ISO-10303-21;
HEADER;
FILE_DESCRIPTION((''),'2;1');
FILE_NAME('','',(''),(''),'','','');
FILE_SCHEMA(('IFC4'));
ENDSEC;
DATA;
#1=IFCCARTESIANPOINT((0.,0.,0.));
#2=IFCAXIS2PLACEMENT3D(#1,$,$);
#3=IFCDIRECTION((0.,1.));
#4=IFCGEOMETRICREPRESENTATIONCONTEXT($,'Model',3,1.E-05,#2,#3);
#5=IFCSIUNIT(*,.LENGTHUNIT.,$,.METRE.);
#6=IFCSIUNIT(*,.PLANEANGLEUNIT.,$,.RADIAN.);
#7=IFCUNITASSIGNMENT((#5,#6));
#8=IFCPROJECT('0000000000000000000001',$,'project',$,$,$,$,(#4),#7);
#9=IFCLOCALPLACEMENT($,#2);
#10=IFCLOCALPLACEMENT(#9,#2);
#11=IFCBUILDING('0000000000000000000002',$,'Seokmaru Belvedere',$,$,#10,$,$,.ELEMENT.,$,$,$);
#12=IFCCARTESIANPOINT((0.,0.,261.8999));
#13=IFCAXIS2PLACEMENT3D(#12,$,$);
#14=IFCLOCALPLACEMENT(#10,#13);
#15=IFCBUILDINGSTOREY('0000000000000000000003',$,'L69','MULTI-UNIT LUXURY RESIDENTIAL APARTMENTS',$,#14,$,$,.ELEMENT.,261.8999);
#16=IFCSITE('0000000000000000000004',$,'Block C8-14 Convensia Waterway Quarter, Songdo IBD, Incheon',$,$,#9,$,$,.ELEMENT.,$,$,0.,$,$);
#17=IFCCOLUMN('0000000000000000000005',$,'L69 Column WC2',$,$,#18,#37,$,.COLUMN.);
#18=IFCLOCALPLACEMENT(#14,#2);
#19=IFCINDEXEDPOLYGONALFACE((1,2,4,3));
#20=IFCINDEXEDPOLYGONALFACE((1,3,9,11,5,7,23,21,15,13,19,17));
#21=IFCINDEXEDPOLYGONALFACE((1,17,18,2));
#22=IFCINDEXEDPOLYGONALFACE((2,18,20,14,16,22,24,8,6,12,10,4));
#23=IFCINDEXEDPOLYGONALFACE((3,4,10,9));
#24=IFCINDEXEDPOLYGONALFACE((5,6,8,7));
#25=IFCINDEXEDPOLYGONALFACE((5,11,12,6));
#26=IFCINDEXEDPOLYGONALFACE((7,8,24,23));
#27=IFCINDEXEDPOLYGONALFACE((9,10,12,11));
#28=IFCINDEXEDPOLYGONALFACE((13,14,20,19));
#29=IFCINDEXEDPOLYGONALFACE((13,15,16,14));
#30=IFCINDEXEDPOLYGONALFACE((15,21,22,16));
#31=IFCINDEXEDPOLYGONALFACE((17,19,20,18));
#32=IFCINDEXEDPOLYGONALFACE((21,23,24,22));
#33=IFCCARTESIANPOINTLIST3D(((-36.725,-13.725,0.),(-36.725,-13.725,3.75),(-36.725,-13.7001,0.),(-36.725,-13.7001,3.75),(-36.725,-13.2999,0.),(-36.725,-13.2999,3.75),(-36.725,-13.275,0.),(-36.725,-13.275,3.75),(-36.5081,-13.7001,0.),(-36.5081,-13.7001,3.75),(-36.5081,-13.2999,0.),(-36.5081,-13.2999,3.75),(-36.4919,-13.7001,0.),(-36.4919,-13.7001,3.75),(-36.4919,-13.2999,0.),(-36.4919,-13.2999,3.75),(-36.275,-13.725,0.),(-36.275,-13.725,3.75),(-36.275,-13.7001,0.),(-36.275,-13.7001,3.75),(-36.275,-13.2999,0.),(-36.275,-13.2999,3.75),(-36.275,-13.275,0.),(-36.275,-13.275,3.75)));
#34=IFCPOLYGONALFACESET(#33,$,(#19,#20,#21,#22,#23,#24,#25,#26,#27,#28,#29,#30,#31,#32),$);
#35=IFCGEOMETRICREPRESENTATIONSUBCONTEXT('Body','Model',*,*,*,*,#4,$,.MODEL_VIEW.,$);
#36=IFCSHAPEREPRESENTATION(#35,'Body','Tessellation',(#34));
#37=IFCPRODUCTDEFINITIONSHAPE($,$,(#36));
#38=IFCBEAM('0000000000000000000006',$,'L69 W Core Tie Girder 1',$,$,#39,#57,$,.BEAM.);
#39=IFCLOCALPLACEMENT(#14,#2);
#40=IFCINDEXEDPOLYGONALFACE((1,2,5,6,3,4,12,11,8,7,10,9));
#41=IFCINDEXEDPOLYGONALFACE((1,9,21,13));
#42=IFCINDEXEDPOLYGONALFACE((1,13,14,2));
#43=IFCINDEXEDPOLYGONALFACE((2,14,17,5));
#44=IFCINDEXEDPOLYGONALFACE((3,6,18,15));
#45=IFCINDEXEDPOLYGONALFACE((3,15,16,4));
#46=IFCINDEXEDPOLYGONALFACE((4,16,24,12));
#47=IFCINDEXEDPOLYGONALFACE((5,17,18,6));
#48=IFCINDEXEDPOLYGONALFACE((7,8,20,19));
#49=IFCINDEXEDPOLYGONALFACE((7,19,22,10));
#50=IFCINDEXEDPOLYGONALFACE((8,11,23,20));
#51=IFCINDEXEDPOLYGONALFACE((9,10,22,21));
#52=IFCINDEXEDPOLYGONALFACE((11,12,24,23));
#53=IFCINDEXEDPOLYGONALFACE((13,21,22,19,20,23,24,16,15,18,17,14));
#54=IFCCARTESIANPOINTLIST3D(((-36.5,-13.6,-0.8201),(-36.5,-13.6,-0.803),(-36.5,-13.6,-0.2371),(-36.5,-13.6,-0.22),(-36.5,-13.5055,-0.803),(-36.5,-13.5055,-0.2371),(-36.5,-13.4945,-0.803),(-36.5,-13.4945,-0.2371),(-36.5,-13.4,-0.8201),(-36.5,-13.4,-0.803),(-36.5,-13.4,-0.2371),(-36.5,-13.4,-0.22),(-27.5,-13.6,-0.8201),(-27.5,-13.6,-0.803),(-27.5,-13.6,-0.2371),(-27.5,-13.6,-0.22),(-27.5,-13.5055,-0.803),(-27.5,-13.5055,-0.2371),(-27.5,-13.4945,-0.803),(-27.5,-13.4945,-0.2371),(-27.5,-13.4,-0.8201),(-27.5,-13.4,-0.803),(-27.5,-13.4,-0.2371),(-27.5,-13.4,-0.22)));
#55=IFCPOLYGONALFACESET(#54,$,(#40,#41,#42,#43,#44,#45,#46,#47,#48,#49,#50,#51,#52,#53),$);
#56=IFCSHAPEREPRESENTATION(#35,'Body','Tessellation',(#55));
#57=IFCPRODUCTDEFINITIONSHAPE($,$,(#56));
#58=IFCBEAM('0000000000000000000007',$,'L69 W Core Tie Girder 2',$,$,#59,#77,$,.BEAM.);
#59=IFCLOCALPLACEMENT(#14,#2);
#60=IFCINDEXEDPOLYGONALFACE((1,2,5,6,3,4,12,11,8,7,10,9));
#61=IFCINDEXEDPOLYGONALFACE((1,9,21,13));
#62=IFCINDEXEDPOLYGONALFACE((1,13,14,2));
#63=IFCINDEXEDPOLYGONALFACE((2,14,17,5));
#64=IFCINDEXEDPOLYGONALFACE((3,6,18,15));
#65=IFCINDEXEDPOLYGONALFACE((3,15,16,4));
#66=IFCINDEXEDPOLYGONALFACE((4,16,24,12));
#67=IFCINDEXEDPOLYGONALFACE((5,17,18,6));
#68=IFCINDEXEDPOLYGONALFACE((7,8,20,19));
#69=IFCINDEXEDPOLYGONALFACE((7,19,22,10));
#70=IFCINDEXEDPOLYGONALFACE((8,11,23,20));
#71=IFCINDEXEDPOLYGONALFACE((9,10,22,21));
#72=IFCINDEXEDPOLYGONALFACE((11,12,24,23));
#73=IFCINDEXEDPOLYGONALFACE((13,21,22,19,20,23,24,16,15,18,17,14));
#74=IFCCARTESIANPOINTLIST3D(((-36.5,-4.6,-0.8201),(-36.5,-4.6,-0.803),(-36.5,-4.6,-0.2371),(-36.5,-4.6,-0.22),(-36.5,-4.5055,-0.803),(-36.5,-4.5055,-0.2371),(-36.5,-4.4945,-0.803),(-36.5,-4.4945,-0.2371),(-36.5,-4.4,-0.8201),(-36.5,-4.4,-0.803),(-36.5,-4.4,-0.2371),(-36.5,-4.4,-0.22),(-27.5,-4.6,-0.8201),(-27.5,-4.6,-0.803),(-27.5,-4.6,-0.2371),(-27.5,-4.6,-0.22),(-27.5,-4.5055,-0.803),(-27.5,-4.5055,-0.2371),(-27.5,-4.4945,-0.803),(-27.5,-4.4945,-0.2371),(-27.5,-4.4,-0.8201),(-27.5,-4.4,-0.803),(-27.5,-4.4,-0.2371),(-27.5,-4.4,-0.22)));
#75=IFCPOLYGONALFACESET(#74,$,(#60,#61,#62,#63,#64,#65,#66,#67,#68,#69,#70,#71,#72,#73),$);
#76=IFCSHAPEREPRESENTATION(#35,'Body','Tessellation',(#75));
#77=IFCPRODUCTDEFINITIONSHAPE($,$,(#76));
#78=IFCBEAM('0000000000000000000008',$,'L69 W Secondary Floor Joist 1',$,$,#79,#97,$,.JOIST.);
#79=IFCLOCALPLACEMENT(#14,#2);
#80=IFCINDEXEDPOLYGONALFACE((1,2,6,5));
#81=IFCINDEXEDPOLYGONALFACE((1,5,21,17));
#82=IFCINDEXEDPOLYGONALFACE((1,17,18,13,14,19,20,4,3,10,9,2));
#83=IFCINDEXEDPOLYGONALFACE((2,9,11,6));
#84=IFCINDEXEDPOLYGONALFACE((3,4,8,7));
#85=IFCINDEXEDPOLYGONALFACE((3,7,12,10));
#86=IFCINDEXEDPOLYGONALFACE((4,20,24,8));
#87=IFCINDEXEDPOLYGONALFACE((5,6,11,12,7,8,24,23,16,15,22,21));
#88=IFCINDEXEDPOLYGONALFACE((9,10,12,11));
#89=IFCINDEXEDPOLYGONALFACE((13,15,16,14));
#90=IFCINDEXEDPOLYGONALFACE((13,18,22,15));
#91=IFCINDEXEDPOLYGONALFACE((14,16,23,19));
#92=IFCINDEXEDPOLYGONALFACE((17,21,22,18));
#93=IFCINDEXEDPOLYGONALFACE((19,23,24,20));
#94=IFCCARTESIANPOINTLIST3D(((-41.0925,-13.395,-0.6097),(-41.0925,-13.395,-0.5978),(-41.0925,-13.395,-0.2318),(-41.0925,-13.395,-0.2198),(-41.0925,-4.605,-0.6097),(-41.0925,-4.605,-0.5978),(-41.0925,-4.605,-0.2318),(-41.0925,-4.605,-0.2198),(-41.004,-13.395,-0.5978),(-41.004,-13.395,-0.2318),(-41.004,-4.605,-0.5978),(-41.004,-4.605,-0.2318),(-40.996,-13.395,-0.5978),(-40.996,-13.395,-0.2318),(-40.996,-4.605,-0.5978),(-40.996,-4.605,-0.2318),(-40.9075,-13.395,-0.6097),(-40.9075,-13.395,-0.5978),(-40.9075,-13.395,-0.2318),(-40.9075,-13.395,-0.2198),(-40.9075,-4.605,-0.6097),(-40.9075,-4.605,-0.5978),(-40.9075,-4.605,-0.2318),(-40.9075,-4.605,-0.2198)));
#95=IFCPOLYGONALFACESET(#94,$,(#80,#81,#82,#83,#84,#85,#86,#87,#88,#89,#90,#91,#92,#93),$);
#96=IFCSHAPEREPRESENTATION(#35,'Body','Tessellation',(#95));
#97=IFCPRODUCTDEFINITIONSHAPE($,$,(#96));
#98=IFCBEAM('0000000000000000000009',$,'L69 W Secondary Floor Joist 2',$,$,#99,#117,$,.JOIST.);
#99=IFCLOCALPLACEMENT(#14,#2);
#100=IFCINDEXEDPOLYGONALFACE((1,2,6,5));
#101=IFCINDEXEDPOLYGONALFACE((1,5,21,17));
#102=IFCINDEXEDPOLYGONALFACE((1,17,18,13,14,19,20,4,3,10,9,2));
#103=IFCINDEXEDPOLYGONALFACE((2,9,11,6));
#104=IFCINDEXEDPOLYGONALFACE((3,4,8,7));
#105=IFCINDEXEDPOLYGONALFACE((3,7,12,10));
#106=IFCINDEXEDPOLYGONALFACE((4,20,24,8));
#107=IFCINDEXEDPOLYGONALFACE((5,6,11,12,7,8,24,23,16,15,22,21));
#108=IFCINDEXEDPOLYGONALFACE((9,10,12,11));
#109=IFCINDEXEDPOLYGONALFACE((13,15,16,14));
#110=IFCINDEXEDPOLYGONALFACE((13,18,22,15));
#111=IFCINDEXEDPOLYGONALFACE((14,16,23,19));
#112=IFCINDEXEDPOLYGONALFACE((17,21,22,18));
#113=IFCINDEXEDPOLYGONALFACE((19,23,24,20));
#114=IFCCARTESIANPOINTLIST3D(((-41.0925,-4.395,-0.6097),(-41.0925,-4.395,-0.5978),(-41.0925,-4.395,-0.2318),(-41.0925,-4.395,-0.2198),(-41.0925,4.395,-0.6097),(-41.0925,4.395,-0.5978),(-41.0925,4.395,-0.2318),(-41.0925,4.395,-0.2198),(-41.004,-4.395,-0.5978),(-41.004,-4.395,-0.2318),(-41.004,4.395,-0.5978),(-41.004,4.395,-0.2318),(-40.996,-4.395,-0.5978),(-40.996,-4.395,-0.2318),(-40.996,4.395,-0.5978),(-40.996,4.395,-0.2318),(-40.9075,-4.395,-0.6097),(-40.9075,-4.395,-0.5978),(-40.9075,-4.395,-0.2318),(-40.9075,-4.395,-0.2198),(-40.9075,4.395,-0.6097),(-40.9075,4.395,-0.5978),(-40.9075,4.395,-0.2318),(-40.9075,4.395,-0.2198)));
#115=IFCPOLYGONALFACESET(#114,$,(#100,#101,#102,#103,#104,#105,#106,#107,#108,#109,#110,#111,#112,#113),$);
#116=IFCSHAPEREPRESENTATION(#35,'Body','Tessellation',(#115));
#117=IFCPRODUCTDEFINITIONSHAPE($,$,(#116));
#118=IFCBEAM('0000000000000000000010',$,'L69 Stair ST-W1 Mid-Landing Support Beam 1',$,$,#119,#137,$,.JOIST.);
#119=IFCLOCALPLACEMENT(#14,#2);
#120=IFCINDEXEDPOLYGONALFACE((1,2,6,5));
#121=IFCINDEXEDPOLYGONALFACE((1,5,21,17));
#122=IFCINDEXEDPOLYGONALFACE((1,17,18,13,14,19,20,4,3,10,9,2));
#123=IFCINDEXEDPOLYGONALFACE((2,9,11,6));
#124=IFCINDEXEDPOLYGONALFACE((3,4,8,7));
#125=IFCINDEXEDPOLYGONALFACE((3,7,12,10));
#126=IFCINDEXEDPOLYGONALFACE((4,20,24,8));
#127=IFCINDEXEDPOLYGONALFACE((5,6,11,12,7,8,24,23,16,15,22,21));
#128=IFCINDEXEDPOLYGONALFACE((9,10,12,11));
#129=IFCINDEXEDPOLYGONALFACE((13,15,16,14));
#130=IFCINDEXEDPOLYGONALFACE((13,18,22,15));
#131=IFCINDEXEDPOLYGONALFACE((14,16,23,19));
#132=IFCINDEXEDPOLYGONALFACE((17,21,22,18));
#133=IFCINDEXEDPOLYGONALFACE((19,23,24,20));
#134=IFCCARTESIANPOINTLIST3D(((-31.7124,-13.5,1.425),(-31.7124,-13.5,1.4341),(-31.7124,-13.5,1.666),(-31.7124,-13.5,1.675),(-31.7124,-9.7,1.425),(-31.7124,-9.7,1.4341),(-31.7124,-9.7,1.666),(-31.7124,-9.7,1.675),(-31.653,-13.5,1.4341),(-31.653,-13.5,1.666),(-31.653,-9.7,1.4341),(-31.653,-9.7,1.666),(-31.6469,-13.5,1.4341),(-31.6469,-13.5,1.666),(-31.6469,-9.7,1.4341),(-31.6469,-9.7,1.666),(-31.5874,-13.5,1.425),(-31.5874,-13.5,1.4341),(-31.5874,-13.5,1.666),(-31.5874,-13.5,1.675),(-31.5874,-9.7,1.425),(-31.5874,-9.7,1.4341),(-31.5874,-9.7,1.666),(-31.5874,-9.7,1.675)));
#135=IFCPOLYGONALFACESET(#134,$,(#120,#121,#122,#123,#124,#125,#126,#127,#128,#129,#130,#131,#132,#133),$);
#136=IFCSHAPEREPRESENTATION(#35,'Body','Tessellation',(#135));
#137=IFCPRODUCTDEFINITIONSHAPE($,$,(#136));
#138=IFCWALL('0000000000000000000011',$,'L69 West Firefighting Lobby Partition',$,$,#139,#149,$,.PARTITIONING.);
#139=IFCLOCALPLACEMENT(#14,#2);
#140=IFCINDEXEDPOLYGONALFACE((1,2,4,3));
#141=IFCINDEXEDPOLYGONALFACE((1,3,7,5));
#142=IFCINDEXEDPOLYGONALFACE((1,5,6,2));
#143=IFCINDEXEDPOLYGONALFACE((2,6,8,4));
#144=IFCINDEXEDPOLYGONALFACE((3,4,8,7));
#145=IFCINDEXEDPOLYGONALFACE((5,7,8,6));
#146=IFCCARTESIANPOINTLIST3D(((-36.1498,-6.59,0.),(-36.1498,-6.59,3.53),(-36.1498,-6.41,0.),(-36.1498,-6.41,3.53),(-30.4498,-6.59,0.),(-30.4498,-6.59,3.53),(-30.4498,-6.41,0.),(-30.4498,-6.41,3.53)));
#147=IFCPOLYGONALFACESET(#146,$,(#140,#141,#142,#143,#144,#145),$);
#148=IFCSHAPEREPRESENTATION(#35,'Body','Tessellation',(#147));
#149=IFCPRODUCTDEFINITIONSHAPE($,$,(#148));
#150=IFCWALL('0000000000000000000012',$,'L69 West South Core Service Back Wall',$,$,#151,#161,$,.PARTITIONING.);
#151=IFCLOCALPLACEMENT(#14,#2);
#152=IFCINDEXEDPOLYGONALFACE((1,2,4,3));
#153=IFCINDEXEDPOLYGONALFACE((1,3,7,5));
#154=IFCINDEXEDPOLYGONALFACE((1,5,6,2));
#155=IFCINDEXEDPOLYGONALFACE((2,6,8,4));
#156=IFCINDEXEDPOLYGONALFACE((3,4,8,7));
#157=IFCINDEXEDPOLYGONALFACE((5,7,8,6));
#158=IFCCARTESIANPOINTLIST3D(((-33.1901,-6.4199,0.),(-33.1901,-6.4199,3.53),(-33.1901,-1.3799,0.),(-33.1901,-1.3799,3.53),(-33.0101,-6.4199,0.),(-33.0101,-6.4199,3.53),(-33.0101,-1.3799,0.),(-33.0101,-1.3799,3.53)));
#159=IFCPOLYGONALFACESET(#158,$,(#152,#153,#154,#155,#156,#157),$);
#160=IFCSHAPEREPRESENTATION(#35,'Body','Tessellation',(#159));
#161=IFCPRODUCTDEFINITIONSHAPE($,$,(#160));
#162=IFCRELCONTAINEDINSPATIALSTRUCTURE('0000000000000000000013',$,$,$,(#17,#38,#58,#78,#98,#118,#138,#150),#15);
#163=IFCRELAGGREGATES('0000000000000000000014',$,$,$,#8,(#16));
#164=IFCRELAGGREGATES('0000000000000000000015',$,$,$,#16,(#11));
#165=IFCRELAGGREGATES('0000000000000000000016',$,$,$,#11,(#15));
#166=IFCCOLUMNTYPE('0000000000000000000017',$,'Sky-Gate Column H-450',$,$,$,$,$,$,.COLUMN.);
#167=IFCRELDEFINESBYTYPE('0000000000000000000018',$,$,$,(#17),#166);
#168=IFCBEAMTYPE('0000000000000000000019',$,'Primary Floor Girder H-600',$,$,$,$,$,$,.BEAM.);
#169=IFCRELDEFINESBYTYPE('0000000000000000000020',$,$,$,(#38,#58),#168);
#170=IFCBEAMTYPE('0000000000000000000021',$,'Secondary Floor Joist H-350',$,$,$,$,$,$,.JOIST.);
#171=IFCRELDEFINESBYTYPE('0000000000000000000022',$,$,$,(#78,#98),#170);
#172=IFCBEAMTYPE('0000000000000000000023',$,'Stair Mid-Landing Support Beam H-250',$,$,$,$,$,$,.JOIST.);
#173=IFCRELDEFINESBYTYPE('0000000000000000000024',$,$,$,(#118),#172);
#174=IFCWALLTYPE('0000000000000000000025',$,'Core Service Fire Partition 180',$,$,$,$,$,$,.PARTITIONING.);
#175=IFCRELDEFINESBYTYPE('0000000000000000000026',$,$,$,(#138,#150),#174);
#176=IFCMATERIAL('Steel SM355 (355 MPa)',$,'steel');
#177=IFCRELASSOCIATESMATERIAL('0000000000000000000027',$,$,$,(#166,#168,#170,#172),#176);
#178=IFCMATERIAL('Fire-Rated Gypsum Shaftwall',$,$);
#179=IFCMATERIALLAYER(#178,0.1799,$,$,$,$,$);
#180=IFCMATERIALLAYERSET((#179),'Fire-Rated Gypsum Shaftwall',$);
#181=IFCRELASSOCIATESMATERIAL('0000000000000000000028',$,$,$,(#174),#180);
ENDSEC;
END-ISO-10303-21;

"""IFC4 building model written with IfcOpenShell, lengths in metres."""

from ifc_helpers import new_model, si_unit, direction, frame, frame_2d, origin, origin_2d, place, context, subcontext, project, spatial, rectangle, i_section, extrude, source, transform, mapped, material, layer, layer_set, material_profile, profile_set, type_object, type_shapes, element, save


model = new_model("IFC4")

# Units and contexts
model_context = context("Model", 3, precision=1e-05, world=origin(), true_north=direction((0.0, 1.0)))
body_context = subcontext(model_context, "Body", "Model", "MODEL_VIEW")
ifc_project = project(units=[si_unit("LENGTHUNIT", "METRE"), si_unit("PLANEANGLEUNIT", "RADIAN")], contexts=[model_context])

# Site, building, storey
site_placement = place(None, origin())
site = spatial("IfcSite", under=ifc_project, at=site_placement, Name="Block C8-14 Convensia Waterway Quarter, Songdo IBD, Incheon", CompositionType="ELEMENT", RefElevation=0.0)
building_placement = place(site_placement, origin())
building = spatial("IfcBuilding", under=site, at=building_placement, Name="Seokmaru Belvedere", CompositionType="ELEMENT")
storey_placement = place(building_placement, frame((0.0, 0.0, 261.8999)))
storey = spatial("IfcBuildingStorey", under=building, at=storey_placement, Name="L69", Description="MULTI-UNIT LUXURY RESIDENTIAL APARTMENTS", CompositionType="ELEMENT", Elevation=261.8999)

# Column
ifc_material_1 = material(Name="Steel SM355 (355 MPa)", Category="steel")
ifc_material_profile_1 = material_profile(ifc_material_1, i_section(OverallWidth=0.45, OverallDepth=0.45, WebThickness=0.0161, FlangeThickness=0.0249, at=origin_2d()), Name="H-450x450x16x25")
ifc_profile_set_1 = profile_set([ifc_material_profile_1], Name="Steel SM355 (355 MPa)")
column_type = type_object("IfcColumnType", Name="Sky-Gate Column H-450", PredefinedType="COLUMN", material=ifc_profile_set_1)
shared_shape_1 = source(origin(), body_context, "Body", "SweptSolid", [
    extrude(i_section(OverallWidth=0.45, OverallDepth=0.45, WebThickness=0.0161, FlangeThickness=0.0249, at=origin_2d()), origin(), (0.0, 0.0, 1.0), 3.75),
])
type_shapes(column_type, [shared_shape_1])
column_placement = place(storey_placement, frame((-36.5, -13.5, 0.0), z_axis=(0.0, 0.0, 1.0), x_axis=(1.0, 0.0, 0.0)))
element("IfcColumn", 1, at=column_placement, inside=storey, type_object=column_type, Name="L69 Column WC2", PredefinedType="COLUMN", context=body_context, shape_type="MappedRepresentation", body=[
    mapped(shared_shape_1, transform((0.0, 0.0, 0.0), scale=1.0)),
])

# Beams
ifc_material_profile_2 = material_profile(ifc_material_1, i_section(OverallWidth=0.2, OverallDepth=0.6001, WebThickness=0.011, FlangeThickness=0.0171, at=origin_2d()), Name="H-600x200x11x17")
ifc_profile_set_2 = profile_set([ifc_material_profile_2], Name="Steel SM355 (355 MPa)")
beam_type_1 = type_object("IfcBeamType", Name="Primary Floor Girder H-600", PredefinedType="BEAM", material=ifc_profile_set_2)
shared_shape_2 = source(origin(), body_context, "Body", "SweptSolid", [
    extrude(i_section(OverallWidth=0.2, OverallDepth=0.6001, WebThickness=0.011, FlangeThickness=0.0171, at=origin_2d()), origin(), (0.0, 0.0, 1.0), 9.0),
])
type_shapes(beam_type_1, [shared_shape_2])
for number, where, z_axis, x_axis, name in (
    (2, (-36.5, -13.5, -0.52), (1.0, 0.0, 0.0), (0.0, 1.0, 0.0), "L69 W Core Tie Girder 1"),
    (3, (-36.5, -4.5, -0.52), (1.0, 0.0, 0.0), (0.0, 1.0, 0.0), "L69 W Core Tie Girder 2"),
):
    element("IfcBeam", number, at=place(storey_placement, frame(where, z_axis=z_axis, x_axis=x_axis)), inside=storey, type_object=beam_type_1, Name=name, PredefinedType="BEAM", context=body_context, shape_type="MappedRepresentation", body=[
        mapped(shared_shape_2, transform((0.0, 0.0, 0.0), scale=1.0)),
    ])
ifc_material_profile_3 = material_profile(ifc_material_1, i_section(OverallWidth=0.1851, OverallDepth=0.3899, WebThickness=0.0081, FlangeThickness=0.012, at=origin_2d()), Name="H-390x185x8x12")
ifc_profile_set_3 = profile_set([ifc_material_profile_3], Name="Steel SM355 (355 MPa)")
beam_type_2 = type_object("IfcBeamType", Name="Secondary Floor Joist H-350", PredefinedType="JOIST", material=ifc_profile_set_3)
shared_shape_3 = source(origin(), body_context, "Body", "SweptSolid", [
    extrude(i_section(OverallWidth=0.1851, OverallDepth=0.3899, WebThickness=0.0081, FlangeThickness=0.012, at=origin_2d()), origin(), (0.0, 0.0, 1.0), 8.79),
])
type_shapes(beam_type_2, [shared_shape_3])
for number, where, z_axis, x_axis, name in (
    (4, (-41.0, -13.395, -0.4148), (0.0, 1.0, 0.0), (-1.0, 0.0, 0.0), "L69 W Secondary Floor Joist 1"),
    (5, (-41.0, -4.395, -0.4148), (0.0, 1.0, 0.0), (-1.0, 0.0, 0.0), "L69 W Secondary Floor Joist 2"),
):
    element("IfcBeam", number, at=place(storey_placement, frame(where, z_axis=z_axis, x_axis=x_axis)), inside=storey, type_object=beam_type_2, Name=name, PredefinedType="JOIST", context=body_context, shape_type="MappedRepresentation", body=[
        mapped(shared_shape_3, transform((0.0, 0.0, 0.0), scale=1.0)),
    ])
ifc_material_profile_4 = material_profile(ifc_material_1, i_section(OverallWidth=0.125, OverallDepth=0.25, WebThickness=0.0061, FlangeThickness=0.009, at=origin_2d()), Name="H-250x125x6x9")
ifc_profile_set_4 = profile_set([ifc_material_profile_4], Name="Steel SM355 (355 MPa)")
beam_type_3 = type_object("IfcBeamType", Name="Stair Mid-Landing Support Beam H-250", PredefinedType="JOIST", material=ifc_profile_set_4)
shared_shape_4 = source(origin(), body_context, "Body", "SweptSolid", [
    extrude(i_section(OverallWidth=0.125, OverallDepth=0.25, WebThickness=0.0061, FlangeThickness=0.009, at=origin_2d()), origin(), (0.0, 0.0, 1.0), 3.8),
])
type_shapes(beam_type_3, [shared_shape_4])
beam_placement = place(storey_placement, frame((-31.6499, -13.5, 1.55), z_axis=(0.0, 1.0, 0.0), x_axis=(-1.0, 0.0, 0.0)))
element("IfcBeam", 6, at=beam_placement, inside=storey, type_object=beam_type_3, Name="L69 Stair ST-W1 Mid-Landing Support Beam 1", PredefinedType="JOIST", context=body_context, shape_type="MappedRepresentation", body=[
    mapped(shared_shape_4, transform((0.0, 0.0, 0.0), scale=1.0)),
])

# Walls
ifc_material_2 = material(Name="Fire-Rated Gypsum Shaftwall")
ifc_layer_1 = layer(ifc_material_2, 0.1799)
ifc_layer_set_1 = layer_set([ifc_layer_1], Name="Fire-Rated Gypsum Shaftwall")
wall_type_1 = type_object("IfcWallType", Name="Core Service Fire Partition 180", PredefinedType="PARTITIONING", material=ifc_layer_set_1)
wall_1_placement = place(storey_placement, frame((-36.1499, -6.5, 0.0), z_axis=(0.0, 0.0, 1.0), x_axis=(1.0, 0.0, 0.0)))
element("IfcWall", 7, at=wall_1_placement, inside=storey, type_object=wall_type_1, Name="L69 West Firefighting Lobby Partition", PredefinedType="PARTITIONING", context=body_context, shape_type="SweptSolid", body=[
    extrude(rectangle(XDim=5.7, YDim=0.1799, at=frame_2d((2.8501, 0.0))), origin(), (0.0, 0.0, 1.0), 3.53),
])
wall_2_placement = place(storey_placement, frame((-33.1001, -6.4199, 0.0), z_axis=(0.0, 0.0, 1.0), x_axis=(0.0, 1.0, 0.0)))
element("IfcWall", 8, at=wall_2_placement, inside=storey, type_object=wall_type_1, Name="L69 West South Core Service Back Wall", PredefinedType="PARTITIONING", context=body_context, shape_type="SweptSolid", body=[
    extrude(rectangle(XDim=5.04, YDim=0.1799, at=frame_2d((2.52, 0.0))), origin(), (0.0, 0.0, 1.0), 3.53),
])

save(model, "model.ifc")
